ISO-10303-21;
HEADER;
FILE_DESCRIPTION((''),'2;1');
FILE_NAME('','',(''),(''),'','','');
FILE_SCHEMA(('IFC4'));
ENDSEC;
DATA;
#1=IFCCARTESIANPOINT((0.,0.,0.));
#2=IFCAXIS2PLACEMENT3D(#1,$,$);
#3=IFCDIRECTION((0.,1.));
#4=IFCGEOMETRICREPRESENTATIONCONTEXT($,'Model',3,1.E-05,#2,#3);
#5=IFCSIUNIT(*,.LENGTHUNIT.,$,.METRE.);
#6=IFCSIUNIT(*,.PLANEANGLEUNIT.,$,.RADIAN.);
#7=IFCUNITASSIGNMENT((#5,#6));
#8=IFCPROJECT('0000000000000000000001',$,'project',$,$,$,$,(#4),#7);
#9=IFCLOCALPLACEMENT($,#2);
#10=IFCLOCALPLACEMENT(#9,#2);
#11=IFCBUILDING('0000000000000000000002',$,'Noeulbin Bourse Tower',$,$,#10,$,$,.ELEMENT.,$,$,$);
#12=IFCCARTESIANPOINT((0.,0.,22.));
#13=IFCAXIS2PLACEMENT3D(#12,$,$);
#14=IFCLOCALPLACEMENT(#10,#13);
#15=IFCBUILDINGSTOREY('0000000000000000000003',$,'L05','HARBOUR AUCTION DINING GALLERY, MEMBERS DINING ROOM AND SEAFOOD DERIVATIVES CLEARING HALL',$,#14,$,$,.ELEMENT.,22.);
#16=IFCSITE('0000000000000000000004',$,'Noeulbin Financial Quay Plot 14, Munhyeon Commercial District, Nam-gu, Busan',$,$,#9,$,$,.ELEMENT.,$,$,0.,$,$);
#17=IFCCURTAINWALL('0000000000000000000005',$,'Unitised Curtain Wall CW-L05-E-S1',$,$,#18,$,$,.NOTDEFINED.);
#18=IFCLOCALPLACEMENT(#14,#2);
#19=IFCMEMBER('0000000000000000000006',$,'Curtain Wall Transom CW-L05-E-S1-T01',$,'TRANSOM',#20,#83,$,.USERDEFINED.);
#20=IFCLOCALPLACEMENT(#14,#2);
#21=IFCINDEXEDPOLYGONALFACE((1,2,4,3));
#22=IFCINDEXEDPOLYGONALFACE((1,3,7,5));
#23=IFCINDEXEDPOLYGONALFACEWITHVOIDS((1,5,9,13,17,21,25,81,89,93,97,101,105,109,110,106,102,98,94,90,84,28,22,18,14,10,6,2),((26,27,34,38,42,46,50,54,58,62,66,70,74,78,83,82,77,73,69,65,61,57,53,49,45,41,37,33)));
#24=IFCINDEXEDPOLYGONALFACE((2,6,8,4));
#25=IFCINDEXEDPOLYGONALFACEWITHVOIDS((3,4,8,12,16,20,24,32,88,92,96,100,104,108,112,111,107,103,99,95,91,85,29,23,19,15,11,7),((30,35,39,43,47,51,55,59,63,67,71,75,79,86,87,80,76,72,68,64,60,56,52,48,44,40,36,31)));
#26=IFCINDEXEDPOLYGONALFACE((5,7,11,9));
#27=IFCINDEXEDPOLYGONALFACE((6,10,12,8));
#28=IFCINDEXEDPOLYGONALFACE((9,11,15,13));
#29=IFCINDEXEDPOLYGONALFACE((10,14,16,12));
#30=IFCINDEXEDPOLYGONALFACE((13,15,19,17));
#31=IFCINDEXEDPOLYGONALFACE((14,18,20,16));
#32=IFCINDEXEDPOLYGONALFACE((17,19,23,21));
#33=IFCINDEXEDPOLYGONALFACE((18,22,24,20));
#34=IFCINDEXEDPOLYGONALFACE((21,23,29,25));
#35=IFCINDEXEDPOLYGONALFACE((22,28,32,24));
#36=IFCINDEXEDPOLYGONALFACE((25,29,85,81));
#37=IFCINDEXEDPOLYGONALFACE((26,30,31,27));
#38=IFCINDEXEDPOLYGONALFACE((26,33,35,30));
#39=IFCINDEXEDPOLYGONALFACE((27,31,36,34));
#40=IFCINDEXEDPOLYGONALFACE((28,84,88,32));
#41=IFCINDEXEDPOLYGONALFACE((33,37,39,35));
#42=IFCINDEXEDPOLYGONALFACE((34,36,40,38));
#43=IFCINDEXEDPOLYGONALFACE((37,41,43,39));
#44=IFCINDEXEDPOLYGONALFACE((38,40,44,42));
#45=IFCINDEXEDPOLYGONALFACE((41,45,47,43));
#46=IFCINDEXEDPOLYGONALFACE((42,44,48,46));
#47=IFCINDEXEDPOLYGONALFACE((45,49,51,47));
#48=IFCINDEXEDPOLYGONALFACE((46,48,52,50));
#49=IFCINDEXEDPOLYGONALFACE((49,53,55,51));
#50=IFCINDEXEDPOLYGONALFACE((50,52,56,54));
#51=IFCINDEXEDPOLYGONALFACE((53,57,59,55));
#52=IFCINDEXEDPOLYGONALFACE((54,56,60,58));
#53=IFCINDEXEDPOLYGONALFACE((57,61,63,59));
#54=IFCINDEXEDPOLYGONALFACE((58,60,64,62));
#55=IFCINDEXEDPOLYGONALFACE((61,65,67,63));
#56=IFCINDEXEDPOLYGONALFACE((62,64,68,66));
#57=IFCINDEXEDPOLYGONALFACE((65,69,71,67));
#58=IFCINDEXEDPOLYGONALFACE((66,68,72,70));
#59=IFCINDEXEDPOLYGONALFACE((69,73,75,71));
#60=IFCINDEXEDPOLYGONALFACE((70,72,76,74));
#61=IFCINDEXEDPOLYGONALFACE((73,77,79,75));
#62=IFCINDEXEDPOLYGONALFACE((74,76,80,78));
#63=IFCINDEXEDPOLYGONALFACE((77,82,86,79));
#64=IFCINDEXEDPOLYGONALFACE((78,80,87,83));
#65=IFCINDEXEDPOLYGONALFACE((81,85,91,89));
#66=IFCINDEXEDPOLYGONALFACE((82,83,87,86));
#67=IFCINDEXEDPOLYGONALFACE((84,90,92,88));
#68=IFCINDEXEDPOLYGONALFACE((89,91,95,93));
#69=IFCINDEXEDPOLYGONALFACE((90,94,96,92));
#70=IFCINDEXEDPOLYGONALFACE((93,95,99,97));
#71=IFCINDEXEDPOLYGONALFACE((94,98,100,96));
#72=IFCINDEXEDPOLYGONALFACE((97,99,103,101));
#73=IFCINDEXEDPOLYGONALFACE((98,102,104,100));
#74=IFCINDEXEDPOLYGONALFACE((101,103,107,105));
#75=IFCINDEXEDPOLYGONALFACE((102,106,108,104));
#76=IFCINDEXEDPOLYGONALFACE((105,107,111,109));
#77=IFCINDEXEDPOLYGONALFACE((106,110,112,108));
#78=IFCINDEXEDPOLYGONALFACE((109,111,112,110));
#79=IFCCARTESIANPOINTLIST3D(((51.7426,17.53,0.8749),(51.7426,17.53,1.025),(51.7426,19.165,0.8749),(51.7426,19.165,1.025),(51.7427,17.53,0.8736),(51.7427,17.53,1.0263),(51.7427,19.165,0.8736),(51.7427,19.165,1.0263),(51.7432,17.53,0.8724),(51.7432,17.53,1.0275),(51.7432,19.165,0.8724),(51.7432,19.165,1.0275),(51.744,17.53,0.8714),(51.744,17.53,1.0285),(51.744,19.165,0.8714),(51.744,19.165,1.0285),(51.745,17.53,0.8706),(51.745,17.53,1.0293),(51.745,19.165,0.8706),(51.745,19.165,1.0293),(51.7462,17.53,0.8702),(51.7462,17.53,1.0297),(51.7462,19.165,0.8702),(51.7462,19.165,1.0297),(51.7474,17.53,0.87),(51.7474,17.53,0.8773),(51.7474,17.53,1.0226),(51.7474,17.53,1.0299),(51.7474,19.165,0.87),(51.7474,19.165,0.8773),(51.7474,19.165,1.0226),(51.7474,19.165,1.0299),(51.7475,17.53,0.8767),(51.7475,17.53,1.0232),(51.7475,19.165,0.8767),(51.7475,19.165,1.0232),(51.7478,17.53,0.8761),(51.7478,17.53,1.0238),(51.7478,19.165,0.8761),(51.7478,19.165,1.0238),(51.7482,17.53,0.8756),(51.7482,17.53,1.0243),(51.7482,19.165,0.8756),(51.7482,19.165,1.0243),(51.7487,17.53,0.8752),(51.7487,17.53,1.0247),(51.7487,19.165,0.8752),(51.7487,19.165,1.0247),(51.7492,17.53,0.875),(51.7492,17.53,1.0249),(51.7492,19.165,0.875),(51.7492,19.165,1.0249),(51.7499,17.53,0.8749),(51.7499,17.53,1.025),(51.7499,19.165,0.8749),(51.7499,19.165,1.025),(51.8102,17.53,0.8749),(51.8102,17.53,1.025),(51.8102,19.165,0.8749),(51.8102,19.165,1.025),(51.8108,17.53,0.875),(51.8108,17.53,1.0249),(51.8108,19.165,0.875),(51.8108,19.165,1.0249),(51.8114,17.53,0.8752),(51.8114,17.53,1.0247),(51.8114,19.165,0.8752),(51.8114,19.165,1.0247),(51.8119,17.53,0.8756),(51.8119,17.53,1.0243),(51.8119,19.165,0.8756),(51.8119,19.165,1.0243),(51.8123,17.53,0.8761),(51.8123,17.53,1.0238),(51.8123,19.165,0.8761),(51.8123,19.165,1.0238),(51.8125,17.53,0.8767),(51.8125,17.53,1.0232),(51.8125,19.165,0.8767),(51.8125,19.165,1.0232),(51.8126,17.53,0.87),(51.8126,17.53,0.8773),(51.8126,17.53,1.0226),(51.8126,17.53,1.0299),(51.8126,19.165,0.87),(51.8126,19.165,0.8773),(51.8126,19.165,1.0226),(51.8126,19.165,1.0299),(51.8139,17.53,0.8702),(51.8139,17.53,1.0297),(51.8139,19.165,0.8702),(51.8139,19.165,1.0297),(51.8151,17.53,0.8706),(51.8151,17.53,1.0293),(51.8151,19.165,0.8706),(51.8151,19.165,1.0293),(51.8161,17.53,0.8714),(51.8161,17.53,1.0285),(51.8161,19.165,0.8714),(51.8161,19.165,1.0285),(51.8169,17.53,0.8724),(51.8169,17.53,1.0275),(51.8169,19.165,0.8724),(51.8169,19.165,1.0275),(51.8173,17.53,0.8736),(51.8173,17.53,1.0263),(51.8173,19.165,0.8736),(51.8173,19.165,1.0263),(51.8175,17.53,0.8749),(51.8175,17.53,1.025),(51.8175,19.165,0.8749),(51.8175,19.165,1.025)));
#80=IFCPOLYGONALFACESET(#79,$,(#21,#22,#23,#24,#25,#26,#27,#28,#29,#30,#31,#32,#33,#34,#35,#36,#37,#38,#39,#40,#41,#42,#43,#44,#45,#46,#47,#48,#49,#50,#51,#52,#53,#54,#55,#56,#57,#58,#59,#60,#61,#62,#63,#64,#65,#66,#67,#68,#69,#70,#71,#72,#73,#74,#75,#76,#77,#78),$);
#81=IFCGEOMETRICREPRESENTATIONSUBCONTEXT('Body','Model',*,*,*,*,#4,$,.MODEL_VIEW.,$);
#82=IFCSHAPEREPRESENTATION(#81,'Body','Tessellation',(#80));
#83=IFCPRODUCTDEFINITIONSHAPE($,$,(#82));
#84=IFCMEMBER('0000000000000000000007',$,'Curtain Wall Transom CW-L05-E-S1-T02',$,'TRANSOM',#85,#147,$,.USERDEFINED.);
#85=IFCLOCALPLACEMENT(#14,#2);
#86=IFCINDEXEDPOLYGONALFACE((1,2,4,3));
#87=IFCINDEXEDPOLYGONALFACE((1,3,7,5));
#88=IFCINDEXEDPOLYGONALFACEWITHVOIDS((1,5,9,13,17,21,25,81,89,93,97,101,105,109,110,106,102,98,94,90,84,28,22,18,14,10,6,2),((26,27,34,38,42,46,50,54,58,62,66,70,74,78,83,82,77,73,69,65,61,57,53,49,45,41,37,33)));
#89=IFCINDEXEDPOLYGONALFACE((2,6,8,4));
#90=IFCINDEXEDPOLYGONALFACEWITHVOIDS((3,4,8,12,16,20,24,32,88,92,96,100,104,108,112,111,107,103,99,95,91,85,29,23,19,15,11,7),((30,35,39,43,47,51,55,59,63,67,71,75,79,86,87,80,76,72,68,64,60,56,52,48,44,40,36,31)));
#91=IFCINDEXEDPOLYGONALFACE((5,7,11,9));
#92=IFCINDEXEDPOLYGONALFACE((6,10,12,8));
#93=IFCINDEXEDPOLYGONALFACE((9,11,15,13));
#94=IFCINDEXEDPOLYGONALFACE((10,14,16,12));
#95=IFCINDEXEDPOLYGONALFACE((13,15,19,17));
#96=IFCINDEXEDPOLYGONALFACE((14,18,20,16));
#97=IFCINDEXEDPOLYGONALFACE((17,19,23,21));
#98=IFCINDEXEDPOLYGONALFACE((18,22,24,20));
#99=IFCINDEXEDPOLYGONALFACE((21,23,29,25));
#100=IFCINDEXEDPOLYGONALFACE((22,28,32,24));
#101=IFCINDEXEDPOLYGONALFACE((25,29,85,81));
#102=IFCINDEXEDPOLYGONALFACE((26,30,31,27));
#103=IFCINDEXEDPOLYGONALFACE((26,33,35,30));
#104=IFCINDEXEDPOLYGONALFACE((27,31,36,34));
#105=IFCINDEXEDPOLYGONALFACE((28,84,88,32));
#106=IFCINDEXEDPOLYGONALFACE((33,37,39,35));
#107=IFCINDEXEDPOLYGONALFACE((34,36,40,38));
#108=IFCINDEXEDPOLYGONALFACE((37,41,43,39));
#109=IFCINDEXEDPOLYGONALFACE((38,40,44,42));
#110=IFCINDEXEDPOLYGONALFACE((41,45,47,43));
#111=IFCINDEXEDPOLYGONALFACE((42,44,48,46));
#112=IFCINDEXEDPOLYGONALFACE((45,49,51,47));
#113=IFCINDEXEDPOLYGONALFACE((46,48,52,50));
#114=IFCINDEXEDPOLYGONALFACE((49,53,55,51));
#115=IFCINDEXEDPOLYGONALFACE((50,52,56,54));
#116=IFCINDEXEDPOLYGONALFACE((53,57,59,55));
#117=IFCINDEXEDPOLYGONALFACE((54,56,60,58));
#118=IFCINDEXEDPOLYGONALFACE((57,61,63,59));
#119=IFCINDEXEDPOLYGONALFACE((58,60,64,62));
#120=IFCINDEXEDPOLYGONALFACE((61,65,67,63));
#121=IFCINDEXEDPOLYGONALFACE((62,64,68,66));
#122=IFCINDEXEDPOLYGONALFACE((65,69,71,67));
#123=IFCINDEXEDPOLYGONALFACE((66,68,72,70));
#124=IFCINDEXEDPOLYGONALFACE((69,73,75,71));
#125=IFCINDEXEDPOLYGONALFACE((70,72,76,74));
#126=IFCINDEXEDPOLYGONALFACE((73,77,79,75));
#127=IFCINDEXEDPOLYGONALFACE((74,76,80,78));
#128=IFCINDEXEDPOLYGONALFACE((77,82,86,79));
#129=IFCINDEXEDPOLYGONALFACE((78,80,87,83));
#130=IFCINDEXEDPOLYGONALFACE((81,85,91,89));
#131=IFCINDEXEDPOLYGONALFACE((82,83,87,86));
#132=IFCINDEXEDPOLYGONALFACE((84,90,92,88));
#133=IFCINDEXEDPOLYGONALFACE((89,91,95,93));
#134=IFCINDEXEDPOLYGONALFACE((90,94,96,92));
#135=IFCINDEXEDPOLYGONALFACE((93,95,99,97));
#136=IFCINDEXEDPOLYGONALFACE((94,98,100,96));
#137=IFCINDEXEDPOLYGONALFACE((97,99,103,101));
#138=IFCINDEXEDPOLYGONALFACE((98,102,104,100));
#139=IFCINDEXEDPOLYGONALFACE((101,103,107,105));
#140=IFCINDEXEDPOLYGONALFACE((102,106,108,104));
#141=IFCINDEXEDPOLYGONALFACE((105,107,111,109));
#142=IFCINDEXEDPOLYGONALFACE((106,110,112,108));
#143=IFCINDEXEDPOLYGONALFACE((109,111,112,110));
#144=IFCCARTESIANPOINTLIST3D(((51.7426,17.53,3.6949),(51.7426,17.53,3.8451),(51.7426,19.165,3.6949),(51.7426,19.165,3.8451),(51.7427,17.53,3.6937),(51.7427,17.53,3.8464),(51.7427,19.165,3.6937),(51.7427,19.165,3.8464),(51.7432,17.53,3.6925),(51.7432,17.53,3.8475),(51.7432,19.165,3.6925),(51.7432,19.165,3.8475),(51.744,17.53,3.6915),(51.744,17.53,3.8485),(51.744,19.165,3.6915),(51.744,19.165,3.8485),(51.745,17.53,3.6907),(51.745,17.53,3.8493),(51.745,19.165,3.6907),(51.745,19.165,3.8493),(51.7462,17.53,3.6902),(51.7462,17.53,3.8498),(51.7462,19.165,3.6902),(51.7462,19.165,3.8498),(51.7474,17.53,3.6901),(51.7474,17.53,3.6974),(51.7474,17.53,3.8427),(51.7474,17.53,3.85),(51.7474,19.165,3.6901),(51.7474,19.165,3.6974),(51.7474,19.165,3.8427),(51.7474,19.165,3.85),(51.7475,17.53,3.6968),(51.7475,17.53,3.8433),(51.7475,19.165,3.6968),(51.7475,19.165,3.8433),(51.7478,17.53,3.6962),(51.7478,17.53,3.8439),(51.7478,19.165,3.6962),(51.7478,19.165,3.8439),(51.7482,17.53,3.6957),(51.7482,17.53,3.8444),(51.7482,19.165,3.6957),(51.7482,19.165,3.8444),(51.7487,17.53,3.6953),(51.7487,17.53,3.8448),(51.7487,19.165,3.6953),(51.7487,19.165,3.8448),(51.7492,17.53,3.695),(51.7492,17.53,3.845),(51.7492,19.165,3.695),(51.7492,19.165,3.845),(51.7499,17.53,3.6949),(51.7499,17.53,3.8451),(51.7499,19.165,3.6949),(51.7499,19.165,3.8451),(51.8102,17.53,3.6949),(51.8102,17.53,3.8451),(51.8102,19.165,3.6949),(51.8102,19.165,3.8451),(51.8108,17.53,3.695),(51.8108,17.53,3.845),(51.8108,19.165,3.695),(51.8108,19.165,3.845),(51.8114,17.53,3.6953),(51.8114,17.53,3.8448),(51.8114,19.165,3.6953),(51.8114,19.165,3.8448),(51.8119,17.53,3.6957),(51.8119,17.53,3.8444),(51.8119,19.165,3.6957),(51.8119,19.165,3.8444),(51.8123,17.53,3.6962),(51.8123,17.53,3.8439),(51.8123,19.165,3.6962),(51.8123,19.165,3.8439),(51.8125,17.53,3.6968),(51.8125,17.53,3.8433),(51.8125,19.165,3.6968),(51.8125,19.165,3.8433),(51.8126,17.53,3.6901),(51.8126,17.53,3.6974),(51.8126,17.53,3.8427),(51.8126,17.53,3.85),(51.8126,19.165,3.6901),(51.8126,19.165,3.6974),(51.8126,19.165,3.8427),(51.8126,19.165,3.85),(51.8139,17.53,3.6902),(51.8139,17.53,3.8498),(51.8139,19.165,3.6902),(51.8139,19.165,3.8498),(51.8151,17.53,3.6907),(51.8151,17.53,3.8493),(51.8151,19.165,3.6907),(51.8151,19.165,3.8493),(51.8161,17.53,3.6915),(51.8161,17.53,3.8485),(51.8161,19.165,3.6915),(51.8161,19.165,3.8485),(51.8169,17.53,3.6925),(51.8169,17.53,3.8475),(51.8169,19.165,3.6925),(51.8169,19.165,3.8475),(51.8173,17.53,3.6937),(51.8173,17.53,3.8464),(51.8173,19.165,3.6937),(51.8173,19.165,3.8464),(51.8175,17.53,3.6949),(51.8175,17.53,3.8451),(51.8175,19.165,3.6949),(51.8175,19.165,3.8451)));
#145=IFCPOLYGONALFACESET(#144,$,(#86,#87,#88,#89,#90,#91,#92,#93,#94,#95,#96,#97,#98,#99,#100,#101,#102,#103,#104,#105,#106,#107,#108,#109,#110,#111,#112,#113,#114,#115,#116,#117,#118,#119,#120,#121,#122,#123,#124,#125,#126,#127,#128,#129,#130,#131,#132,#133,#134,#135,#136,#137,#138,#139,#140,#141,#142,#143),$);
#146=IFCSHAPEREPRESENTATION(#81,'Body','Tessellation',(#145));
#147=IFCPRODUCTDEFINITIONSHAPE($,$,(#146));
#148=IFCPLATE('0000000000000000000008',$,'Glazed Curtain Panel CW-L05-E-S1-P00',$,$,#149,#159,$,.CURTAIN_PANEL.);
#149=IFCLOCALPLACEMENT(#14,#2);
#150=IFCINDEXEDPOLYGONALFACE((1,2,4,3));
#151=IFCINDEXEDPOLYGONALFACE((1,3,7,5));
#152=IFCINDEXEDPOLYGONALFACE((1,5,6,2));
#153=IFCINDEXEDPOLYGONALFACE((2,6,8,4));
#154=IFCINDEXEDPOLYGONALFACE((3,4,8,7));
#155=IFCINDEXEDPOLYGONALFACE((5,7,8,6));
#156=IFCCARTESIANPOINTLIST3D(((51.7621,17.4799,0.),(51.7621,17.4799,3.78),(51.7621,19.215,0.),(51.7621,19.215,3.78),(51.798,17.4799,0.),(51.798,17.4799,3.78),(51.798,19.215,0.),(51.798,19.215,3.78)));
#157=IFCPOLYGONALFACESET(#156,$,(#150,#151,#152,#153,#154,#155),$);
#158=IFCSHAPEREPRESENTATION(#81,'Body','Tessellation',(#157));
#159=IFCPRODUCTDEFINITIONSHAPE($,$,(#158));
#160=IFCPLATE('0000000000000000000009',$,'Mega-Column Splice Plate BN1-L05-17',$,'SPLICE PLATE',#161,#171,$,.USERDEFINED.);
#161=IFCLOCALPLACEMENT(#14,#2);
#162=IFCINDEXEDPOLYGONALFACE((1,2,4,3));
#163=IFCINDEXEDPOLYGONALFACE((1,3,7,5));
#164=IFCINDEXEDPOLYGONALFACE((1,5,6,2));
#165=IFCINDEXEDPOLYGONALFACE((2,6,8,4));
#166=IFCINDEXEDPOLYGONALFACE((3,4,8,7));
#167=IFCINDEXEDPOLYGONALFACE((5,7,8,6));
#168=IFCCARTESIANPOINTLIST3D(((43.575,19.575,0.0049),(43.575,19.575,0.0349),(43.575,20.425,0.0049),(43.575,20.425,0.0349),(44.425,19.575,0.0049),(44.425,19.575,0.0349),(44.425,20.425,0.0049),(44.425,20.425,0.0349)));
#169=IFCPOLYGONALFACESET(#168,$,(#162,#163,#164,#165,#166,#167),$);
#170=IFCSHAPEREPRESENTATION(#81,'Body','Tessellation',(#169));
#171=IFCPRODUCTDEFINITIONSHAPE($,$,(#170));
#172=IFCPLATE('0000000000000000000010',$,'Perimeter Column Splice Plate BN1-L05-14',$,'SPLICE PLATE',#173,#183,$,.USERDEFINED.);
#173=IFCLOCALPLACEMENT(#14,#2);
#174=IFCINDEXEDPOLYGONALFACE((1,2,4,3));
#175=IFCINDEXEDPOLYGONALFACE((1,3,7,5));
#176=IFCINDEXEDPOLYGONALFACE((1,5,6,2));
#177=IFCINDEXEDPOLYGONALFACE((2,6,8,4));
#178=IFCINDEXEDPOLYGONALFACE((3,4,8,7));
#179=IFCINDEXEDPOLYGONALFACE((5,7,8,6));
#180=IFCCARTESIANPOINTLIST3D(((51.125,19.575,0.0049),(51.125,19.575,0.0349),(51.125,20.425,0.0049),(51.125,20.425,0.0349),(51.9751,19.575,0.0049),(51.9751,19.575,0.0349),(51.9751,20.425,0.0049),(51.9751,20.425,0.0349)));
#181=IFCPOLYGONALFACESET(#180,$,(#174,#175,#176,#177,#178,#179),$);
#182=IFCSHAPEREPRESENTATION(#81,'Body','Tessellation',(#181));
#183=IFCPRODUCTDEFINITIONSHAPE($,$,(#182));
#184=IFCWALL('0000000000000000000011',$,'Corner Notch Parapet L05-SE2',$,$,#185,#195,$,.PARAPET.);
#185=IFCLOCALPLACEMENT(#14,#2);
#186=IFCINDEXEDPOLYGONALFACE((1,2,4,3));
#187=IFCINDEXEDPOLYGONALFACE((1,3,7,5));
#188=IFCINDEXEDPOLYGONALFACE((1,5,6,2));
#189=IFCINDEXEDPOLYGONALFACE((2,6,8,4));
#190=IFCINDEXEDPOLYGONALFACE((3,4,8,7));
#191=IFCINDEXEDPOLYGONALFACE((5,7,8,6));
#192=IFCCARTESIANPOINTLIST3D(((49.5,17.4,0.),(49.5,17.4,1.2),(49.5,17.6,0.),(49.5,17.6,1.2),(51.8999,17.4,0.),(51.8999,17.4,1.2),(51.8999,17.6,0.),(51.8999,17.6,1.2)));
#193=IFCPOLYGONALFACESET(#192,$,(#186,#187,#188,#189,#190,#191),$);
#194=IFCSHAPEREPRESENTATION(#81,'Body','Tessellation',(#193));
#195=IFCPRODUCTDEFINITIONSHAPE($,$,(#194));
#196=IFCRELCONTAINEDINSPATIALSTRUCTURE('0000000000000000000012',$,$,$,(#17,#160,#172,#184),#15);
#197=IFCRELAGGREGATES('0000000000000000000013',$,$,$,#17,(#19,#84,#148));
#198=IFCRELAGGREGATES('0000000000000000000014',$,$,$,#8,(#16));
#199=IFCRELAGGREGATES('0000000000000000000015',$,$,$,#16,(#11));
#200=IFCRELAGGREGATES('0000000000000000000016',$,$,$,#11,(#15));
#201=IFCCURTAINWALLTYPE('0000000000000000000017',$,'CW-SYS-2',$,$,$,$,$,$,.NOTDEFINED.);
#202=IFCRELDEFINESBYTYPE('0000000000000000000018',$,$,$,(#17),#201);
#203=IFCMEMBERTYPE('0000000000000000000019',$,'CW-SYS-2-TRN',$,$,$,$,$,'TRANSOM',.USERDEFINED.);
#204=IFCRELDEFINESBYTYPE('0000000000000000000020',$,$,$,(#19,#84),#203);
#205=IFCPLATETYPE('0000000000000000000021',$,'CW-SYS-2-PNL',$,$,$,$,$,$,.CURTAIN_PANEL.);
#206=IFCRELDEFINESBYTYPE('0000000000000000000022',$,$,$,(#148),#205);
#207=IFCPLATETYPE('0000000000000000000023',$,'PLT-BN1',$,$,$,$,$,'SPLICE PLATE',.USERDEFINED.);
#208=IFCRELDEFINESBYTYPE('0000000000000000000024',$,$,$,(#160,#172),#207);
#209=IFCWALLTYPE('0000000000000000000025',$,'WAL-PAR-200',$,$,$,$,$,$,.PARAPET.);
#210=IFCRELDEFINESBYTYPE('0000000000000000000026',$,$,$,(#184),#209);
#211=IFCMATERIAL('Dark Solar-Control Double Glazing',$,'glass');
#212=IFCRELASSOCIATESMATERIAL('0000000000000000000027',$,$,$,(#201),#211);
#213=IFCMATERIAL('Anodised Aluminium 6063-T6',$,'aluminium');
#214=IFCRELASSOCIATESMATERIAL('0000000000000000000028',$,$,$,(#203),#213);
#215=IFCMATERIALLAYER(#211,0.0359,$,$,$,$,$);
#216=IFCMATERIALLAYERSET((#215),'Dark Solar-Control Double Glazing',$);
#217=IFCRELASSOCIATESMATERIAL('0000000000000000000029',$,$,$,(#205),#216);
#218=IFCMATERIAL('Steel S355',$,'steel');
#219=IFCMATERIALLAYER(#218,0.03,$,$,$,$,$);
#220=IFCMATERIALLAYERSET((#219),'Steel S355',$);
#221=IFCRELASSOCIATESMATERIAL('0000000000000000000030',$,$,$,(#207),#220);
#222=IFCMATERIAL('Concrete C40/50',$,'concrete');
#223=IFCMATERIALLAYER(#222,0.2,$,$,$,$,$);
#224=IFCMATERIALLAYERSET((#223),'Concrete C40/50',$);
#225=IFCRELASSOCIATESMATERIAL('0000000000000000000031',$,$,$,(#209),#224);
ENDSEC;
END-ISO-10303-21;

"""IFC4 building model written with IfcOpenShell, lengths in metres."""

from ifc_helpers import new_model, si_unit, direction, frame, frame_2d, origin, origin_2d, place, context, subcontext, project, spatial, rectangle, hollow_rectangle, extrude, material, layer, layer_set, material_profile, profile_set, type_object, element, aggregate, save


model = new_model("IFC4")

# Units and contexts
model_context = context("Model", 3, precision=1e-05, world=origin(), true_north=direction((0.0, 1.0)))
body_context = subcontext(model_context, "Body", "Model", "MODEL_VIEW")
ifc_project = project(units=[si_unit("LENGTHUNIT", "METRE"), si_unit("PLANEANGLEUNIT", "RADIAN")], contexts=[model_context])

# Site, building, storey
site_placement = place(None, origin())
site = spatial("IfcSite", under=ifc_project, at=site_placement, Name="Noeulbin Financial Quay Plot 14, Munhyeon Commercial District, Nam-gu, Busan", CompositionType="ELEMENT", RefElevation=0.0)
building_placement = place(site_placement, origin())
building = spatial("IfcBuilding", under=site, at=building_placement, Name="Noeulbin Bourse Tower", CompositionType="ELEMENT")
storey_placement = place(building_placement, frame((0.0, 0.0, 22.0)))
storey = spatial("IfcBuildingStorey", under=building, at=storey_placement, Name="L05", Description="HARBOUR AUCTION DINING GALLERY, MEMBERS DINING ROOM AND SEAFOOD DERIVATIVES CLEARING HALL", CompositionType="ELEMENT", Elevation=22.0)

# Shared definitions
ifc_material_1 = material(Name="Steel S355", Category="steel")

# Curtain wall
ifc_material_2 = material(Name="Dark Solar-Control Double Glazing", Category="glass")
curtain_wall_type = type_object("IfcCurtainWallType", Name="CW-SYS-2", PredefinedType="NOTDEFINED", material=ifc_material_2)
curtain_wall_1_placement = place(storey_placement, origin())
curtain_wall_1 = element("IfcCurtainWall", 1, at=curtain_wall_1_placement, inside=storey, type_object=curtain_wall_type, Name="Unitised Curtain Wall CW-L05-E-S1", PredefinedType="NOTDEFINED")
ifc_material_3 = material(Name="Anodised Aluminium 6063-T6", Category="aluminium")

# Members
ifc_material_profile_1 = material_profile(ifc_material_3, hollow_rectangle(XDim=0.075, YDim=0.1599, WallThickness=0.0049, InnerFilletRadius=0.0024, OuterFilletRadius=0.0049, at=origin_2d()), Name="ALU-TRAN-75x160x5", Category="LoadBearing")
ifc_profile_set_1 = profile_set([ifc_material_profile_1], Name="Anodised Aluminium 6063-T6")
member_type_1 = type_object("IfcMemberType", Name="CW-SYS-2-TRN", ElementType="TRANSOM", PredefinedType="USERDEFINED", material=ifc_profile_set_1)
member_1_placement = place(storey_placement, frame((51.78, 17.53, 0.95), z_axis=(0.0, 1.0, 0.0), x_axis=(-1.0, 0.0, 0.0)))
member_1 = element("IfcMember", 2, at=member_1_placement, type_object=member_type_1, Name="Curtain Wall Transom CW-L05-E-S1-T01", ObjectType="TRANSOM", PredefinedType="USERDEFINED", context=body_context, shape_type="SweptSolid", body=[
    extrude(hollow_rectangle(XDim=0.075, YDim=0.1599, WallThickness=0.0049, InnerFilletRadius=0.0024, OuterFilletRadius=0.0049, at=origin_2d()), origin(), (0.0, 0.0, 1.0), 1.635),
])
member_2_placement = place(storey_placement, frame((51.78, 17.53, 3.77), z_axis=(0.0, 1.0, 0.0), x_axis=(-1.0, 0.0, 0.0)))
member_2 = element("IfcMember", 3, at=member_2_placement, type_object=member_type_1, Name="Curtain Wall Transom CW-L05-E-S1-T02", ObjectType="TRANSOM", PredefinedType="USERDEFINED", context=body_context, shape_type="SweptSolid", body=[
    extrude(hollow_rectangle(XDim=0.075, YDim=0.1599, WallThickness=0.0049, InnerFilletRadius=0.0024, OuterFilletRadius=0.0049, at=origin_2d()), origin(), (0.0, 0.0, 1.0), 1.635),
])

# Plate
ifc_layer_1 = layer(ifc_material_2, 0.0359)
ifc_layer_set_1 = layer_set([ifc_layer_1], Name="Dark Solar-Control Double Glazing")
plate_type_1 = type_object("IfcPlateType", Name="CW-SYS-2-PNL", PredefinedType="CURTAIN_PANEL", material=ifc_layer_set_1)
plate_placement = place(storey_placement, frame((51.78, 18.3474, 0.0), z_axis=(0.0, 0.0, 1.0), x_axis=(0.0, 1.0, 0.0)))
plate = element("IfcPlate", 4, at=plate_placement, type_object=plate_type_1, Name="Glazed Curtain Panel CW-L05-E-S1-P00", PredefinedType="CURTAIN_PANEL", context=body_context, shape_type="SweptSolid", body=[
    extrude(rectangle(XDim=1.7351, YDim=0.0359, at=origin_2d()), origin(), (0.0, 0.0, 1.0), 3.78),
])
aggregate(curtain_wall_1, [member_1, member_2, plate])

# Plates
ifc_layer_2 = layer(ifc_material_1, 0.03)
ifc_layer_set_2 = layer_set([ifc_layer_2], Name="Steel S355")
plate_type_2 = type_object("IfcPlateType", Name="PLT-BN1", ElementType="SPLICE PLATE", PredefinedType="USERDEFINED", material=ifc_layer_set_2)
for number, where, z_axis, x_axis, name in (
    (5, (44.0, 20.0, 0.0049), (0.0, 0.0, 1.0), (1.0, 0.0, 0.0), "Mega-Column Splice Plate BN1-L05-17"),
    (6, (51.55, 20.0, 0.0049), (0.0, 0.0, 1.0), (1.0, 0.0, 0.0), "Perimeter Column Splice Plate BN1-L05-14"),
):
    element("IfcPlate", number, at=place(storey_placement, frame(where, z_axis=z_axis, x_axis=x_axis)), inside=storey, type_object=plate_type_2, Name=name, ObjectType="SPLICE PLATE", PredefinedType="USERDEFINED", context=body_context, shape_type="SweptSolid", body=[
        extrude(rectangle(XDim=0.8501, YDim=0.8501, at=origin_2d()), origin(), (0.0, 0.0, 1.0), 0.03),
    ])

# Wall
ifc_material_4 = material(Name="Concrete C40/50", Category="concrete")
ifc_layer_3 = layer(ifc_material_4, 0.2)
ifc_layer_set_3 = layer_set([ifc_layer_3], Name="Concrete C40/50")
wall_type_1 = type_object("IfcWallType", Name="WAL-PAR-200", PredefinedType="PARAPET", material=ifc_layer_set_3)
wall_1_placement = place(storey_placement, frame((49.5, 17.5, 0.0), z_axis=(0.0, 0.0, 1.0), x_axis=(1.0, 0.0, 0.0)))
element("IfcWall", 7, at=wall_1_placement, inside=storey, type_object=wall_type_1, Name="Corner Notch Parapet L05-SE2", PredefinedType="PARAPET", context=body_context, shape_type="SweptSolid", body=[
    extrude(rectangle(XDim=2.3999, YDim=0.2, at=frame_2d((1.2, 0.0))), origin(), (0.0, 0.0, 1.0), 1.2),
])

save(model, "model.ifc")
